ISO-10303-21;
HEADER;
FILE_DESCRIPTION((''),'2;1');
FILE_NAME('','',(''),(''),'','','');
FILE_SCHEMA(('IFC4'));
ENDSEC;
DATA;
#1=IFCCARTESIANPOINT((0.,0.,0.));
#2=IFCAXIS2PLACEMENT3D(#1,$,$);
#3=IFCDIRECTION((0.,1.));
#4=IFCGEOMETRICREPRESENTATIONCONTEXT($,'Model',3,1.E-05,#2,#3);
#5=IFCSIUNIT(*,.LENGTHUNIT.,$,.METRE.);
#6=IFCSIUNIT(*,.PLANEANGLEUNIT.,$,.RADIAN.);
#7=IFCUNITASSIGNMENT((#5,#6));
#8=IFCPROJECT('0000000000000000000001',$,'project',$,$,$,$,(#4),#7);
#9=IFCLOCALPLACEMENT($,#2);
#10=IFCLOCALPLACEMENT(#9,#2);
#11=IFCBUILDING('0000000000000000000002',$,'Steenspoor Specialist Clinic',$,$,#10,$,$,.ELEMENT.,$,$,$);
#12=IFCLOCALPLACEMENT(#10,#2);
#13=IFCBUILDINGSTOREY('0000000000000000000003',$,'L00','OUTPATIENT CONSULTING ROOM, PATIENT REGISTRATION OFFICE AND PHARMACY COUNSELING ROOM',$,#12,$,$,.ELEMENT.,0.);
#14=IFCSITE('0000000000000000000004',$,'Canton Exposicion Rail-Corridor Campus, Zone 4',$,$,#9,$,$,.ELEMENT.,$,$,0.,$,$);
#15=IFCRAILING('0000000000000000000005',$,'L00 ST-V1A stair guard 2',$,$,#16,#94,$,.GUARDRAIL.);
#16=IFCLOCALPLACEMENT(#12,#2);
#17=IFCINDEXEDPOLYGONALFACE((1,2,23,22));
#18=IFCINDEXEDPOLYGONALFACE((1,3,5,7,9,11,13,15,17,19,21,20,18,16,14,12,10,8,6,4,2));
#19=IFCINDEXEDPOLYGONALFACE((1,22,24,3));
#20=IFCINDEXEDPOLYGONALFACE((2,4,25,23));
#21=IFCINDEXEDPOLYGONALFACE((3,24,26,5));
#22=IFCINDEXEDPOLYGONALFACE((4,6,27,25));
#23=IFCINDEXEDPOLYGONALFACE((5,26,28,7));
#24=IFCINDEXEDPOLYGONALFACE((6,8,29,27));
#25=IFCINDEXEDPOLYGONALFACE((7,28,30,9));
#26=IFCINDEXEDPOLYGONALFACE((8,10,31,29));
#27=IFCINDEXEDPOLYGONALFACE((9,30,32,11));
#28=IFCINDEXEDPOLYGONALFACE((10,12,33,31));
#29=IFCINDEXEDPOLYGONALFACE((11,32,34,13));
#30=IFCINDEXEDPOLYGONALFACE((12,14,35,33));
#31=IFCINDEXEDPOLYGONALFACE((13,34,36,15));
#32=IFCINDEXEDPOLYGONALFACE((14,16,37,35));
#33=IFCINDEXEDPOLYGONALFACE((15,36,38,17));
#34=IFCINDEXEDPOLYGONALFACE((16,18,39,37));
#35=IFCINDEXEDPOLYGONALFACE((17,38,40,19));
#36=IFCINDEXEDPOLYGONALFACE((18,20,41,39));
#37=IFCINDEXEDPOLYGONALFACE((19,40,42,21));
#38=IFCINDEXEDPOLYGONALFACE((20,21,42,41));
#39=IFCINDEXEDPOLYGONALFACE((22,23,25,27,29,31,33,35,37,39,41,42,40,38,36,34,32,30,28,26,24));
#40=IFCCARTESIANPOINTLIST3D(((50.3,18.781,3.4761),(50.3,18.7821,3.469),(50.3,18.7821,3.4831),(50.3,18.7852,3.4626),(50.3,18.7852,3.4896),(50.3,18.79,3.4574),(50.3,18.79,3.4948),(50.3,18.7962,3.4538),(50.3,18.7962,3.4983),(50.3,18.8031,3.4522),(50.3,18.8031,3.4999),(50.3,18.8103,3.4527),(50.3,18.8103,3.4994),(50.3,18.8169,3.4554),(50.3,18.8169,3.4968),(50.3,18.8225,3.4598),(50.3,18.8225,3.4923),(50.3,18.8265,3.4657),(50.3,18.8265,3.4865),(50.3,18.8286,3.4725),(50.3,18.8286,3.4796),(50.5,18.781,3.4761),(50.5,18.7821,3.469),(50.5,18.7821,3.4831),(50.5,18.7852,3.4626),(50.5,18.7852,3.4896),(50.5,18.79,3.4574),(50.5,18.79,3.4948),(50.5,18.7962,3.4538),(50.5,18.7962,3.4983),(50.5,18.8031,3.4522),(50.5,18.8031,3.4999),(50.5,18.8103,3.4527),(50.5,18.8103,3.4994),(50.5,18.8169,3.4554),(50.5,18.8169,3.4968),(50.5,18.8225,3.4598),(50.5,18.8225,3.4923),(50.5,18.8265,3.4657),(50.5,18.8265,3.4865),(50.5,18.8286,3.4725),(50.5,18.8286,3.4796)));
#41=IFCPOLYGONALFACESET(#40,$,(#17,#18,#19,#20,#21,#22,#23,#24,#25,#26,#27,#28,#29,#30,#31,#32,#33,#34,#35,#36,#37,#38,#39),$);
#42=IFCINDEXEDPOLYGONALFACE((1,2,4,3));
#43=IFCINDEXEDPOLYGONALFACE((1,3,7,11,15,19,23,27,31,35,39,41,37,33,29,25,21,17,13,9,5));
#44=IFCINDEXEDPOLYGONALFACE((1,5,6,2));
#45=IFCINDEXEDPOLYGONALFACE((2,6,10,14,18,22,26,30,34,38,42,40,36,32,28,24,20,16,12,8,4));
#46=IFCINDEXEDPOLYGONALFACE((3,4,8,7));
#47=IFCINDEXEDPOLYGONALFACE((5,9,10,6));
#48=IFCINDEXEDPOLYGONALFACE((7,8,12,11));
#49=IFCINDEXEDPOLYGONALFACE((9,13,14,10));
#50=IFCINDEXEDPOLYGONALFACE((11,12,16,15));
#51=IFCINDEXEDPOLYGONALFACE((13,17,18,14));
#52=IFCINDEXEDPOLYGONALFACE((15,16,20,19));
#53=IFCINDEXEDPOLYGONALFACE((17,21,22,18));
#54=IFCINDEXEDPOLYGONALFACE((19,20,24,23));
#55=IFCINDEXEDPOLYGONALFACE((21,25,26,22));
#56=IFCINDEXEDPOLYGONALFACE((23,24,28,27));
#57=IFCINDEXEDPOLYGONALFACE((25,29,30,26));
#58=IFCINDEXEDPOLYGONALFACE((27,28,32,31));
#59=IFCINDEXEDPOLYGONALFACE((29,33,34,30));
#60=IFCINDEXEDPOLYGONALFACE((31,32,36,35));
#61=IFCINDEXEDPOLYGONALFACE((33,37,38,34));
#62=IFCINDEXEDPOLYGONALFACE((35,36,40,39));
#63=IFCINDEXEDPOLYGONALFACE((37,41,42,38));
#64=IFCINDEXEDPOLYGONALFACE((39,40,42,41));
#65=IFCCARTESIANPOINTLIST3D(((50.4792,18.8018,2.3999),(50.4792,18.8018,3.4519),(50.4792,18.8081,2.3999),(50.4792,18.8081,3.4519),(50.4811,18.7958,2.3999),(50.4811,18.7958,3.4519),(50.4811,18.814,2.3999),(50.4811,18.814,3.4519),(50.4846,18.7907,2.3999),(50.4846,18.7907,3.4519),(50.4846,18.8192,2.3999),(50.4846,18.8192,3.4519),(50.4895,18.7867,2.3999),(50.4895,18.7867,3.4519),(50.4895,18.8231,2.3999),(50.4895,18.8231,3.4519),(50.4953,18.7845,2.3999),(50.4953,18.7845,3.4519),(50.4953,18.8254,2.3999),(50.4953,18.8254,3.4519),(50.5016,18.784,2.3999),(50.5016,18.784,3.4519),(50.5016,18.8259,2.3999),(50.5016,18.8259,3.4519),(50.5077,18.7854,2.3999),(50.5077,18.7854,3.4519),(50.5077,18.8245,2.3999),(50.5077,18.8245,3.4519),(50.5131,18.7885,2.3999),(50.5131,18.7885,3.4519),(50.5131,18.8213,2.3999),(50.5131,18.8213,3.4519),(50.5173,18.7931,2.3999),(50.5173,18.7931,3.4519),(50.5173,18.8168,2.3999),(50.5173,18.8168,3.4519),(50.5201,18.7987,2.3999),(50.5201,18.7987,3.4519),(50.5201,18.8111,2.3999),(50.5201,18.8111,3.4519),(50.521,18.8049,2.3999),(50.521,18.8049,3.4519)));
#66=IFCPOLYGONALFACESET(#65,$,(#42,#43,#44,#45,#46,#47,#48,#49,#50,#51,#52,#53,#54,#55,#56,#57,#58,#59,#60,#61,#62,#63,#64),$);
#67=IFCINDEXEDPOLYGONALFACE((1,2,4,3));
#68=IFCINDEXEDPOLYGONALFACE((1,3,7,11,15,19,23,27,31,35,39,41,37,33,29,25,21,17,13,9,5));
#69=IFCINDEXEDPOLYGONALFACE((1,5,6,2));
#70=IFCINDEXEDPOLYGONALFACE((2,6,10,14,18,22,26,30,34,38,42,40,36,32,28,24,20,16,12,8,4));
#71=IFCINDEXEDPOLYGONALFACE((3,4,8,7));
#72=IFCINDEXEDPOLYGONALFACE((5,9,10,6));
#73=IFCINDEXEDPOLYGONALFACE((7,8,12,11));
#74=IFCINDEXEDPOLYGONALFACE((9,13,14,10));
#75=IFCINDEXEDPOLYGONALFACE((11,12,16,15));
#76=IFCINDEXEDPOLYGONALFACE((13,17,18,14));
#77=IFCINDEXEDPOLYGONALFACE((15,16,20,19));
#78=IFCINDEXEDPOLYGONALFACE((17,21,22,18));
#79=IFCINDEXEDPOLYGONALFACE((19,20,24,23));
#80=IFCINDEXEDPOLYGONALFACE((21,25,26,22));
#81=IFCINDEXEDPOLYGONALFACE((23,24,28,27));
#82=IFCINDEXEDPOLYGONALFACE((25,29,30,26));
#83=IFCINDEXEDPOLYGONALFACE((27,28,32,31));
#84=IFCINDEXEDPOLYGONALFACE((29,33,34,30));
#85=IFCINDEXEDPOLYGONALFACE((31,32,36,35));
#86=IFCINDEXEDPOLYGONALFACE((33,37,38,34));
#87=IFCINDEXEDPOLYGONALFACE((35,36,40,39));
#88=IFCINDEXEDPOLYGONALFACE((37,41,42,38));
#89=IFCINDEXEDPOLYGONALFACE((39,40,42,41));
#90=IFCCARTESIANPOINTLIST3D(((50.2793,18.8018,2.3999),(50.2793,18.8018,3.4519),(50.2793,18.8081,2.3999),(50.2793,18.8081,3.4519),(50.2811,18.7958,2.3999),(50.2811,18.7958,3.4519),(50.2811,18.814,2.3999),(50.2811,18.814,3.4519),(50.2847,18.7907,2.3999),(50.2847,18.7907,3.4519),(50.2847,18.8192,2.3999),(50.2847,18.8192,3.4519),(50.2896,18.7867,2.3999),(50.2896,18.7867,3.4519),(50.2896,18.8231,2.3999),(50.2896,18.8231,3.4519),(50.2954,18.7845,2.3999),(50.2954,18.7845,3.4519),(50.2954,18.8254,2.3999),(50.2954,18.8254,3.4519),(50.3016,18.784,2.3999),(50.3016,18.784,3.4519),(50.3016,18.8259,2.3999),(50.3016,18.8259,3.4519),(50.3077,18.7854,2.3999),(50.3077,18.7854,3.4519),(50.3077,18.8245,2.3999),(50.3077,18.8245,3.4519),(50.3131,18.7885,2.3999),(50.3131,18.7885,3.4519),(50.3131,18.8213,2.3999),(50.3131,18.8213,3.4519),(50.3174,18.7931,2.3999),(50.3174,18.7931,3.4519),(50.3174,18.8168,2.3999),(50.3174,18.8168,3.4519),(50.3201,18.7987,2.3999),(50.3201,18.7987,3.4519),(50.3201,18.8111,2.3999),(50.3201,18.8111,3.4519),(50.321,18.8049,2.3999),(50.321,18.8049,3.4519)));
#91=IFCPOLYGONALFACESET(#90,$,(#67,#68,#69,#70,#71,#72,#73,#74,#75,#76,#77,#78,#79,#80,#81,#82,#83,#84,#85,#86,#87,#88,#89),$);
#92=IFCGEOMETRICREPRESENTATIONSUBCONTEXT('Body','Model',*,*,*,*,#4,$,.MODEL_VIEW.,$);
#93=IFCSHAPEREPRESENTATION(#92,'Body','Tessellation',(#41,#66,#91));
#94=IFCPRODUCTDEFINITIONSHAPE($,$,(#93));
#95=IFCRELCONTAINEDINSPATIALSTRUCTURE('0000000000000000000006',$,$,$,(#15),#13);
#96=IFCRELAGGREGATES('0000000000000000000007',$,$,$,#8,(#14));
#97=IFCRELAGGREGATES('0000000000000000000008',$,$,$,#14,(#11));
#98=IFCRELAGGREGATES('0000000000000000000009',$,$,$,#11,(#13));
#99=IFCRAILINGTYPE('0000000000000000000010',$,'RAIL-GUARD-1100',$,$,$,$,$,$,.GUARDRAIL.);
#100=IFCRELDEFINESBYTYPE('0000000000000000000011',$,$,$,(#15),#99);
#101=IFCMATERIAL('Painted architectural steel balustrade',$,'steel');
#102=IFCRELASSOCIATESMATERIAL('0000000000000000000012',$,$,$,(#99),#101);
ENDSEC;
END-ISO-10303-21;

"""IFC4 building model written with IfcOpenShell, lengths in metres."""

from ifc_helpers import new_model, si_unit, direction, frame, origin, origin_2d, place, context, subcontext, project, spatial, circle, extrude, material, type_object, element, save


model = new_model("IFC4")

# Units and contexts
model_context = context("Model", 3, precision=1e-05, world=origin(), true_north=direction((0.0, 1.0)))
body_context = subcontext(model_context, "Body", "Model", "MODEL_VIEW")
ifc_project = project(units=[si_unit("LENGTHUNIT", "METRE"), si_unit("PLANEANGLEUNIT", "RADIAN")], contexts=[model_context])

# Site, building, storey
site_placement = place(None, origin())
site = spatial("IfcSite", under=ifc_project, at=site_placement, Name="Canton Exposicion Rail-Corridor Campus, Zone 4", CompositionType="ELEMENT", RefElevation=0.0)
building_placement = place(site_placement, origin())
building = spatial("IfcBuilding", under=site, at=building_placement, Name="Steenspoor Specialist Clinic", CompositionType="ELEMENT")
storey_placement = place(building_placement, origin())
storey = spatial("IfcBuildingStorey", under=building, at=storey_placement, Name="L00", Description="OUTPATIENT CONSULTING ROOM, PATIENT REGISTRATION OFFICE AND PHARMACY COUNSELING ROOM", CompositionType="ELEMENT", Elevation=0.0)

# Railing
ifc_material_1 = material(Name="Painted architectural steel balustrade", Category="steel")
railing_type_1 = type_object("IfcRailingType", Name="RAIL-GUARD-1100", PredefinedType="GUARDRAIL", material=ifc_material_1)
railing_1_placement = place(storey_placement, frame((50.5, 18.8049, 2.3999)))
element("IfcRailing", 1, at=railing_1_placement, inside=storey, type_object=railing_type_1, Name="L00 ST-V1A stair guard 2", PredefinedType="GUARDRAIL", context=body_context, shape_type="SweptSolid", body=[
    extrude(circle(Radius=0.0239, at=origin_2d()), frame((0.0, 0.0, 1.0762), z_axis=(-1.0, 0.0, 0.0), x_axis=(0.0, -1.0, 0.0)), (0.0, 0.0, 1.0), 0.2),
    extrude(circle(Radius=0.021, at=origin_2d()), origin(), (0.0, 0.0, 1.0), 1.052),
    extrude(circle(Radius=0.021, at=origin_2d()), frame((-0.2, 0.0, 0.0)), (0.0, 0.0, 1.0), 1.052),
])

save(model, "model.ifc")
